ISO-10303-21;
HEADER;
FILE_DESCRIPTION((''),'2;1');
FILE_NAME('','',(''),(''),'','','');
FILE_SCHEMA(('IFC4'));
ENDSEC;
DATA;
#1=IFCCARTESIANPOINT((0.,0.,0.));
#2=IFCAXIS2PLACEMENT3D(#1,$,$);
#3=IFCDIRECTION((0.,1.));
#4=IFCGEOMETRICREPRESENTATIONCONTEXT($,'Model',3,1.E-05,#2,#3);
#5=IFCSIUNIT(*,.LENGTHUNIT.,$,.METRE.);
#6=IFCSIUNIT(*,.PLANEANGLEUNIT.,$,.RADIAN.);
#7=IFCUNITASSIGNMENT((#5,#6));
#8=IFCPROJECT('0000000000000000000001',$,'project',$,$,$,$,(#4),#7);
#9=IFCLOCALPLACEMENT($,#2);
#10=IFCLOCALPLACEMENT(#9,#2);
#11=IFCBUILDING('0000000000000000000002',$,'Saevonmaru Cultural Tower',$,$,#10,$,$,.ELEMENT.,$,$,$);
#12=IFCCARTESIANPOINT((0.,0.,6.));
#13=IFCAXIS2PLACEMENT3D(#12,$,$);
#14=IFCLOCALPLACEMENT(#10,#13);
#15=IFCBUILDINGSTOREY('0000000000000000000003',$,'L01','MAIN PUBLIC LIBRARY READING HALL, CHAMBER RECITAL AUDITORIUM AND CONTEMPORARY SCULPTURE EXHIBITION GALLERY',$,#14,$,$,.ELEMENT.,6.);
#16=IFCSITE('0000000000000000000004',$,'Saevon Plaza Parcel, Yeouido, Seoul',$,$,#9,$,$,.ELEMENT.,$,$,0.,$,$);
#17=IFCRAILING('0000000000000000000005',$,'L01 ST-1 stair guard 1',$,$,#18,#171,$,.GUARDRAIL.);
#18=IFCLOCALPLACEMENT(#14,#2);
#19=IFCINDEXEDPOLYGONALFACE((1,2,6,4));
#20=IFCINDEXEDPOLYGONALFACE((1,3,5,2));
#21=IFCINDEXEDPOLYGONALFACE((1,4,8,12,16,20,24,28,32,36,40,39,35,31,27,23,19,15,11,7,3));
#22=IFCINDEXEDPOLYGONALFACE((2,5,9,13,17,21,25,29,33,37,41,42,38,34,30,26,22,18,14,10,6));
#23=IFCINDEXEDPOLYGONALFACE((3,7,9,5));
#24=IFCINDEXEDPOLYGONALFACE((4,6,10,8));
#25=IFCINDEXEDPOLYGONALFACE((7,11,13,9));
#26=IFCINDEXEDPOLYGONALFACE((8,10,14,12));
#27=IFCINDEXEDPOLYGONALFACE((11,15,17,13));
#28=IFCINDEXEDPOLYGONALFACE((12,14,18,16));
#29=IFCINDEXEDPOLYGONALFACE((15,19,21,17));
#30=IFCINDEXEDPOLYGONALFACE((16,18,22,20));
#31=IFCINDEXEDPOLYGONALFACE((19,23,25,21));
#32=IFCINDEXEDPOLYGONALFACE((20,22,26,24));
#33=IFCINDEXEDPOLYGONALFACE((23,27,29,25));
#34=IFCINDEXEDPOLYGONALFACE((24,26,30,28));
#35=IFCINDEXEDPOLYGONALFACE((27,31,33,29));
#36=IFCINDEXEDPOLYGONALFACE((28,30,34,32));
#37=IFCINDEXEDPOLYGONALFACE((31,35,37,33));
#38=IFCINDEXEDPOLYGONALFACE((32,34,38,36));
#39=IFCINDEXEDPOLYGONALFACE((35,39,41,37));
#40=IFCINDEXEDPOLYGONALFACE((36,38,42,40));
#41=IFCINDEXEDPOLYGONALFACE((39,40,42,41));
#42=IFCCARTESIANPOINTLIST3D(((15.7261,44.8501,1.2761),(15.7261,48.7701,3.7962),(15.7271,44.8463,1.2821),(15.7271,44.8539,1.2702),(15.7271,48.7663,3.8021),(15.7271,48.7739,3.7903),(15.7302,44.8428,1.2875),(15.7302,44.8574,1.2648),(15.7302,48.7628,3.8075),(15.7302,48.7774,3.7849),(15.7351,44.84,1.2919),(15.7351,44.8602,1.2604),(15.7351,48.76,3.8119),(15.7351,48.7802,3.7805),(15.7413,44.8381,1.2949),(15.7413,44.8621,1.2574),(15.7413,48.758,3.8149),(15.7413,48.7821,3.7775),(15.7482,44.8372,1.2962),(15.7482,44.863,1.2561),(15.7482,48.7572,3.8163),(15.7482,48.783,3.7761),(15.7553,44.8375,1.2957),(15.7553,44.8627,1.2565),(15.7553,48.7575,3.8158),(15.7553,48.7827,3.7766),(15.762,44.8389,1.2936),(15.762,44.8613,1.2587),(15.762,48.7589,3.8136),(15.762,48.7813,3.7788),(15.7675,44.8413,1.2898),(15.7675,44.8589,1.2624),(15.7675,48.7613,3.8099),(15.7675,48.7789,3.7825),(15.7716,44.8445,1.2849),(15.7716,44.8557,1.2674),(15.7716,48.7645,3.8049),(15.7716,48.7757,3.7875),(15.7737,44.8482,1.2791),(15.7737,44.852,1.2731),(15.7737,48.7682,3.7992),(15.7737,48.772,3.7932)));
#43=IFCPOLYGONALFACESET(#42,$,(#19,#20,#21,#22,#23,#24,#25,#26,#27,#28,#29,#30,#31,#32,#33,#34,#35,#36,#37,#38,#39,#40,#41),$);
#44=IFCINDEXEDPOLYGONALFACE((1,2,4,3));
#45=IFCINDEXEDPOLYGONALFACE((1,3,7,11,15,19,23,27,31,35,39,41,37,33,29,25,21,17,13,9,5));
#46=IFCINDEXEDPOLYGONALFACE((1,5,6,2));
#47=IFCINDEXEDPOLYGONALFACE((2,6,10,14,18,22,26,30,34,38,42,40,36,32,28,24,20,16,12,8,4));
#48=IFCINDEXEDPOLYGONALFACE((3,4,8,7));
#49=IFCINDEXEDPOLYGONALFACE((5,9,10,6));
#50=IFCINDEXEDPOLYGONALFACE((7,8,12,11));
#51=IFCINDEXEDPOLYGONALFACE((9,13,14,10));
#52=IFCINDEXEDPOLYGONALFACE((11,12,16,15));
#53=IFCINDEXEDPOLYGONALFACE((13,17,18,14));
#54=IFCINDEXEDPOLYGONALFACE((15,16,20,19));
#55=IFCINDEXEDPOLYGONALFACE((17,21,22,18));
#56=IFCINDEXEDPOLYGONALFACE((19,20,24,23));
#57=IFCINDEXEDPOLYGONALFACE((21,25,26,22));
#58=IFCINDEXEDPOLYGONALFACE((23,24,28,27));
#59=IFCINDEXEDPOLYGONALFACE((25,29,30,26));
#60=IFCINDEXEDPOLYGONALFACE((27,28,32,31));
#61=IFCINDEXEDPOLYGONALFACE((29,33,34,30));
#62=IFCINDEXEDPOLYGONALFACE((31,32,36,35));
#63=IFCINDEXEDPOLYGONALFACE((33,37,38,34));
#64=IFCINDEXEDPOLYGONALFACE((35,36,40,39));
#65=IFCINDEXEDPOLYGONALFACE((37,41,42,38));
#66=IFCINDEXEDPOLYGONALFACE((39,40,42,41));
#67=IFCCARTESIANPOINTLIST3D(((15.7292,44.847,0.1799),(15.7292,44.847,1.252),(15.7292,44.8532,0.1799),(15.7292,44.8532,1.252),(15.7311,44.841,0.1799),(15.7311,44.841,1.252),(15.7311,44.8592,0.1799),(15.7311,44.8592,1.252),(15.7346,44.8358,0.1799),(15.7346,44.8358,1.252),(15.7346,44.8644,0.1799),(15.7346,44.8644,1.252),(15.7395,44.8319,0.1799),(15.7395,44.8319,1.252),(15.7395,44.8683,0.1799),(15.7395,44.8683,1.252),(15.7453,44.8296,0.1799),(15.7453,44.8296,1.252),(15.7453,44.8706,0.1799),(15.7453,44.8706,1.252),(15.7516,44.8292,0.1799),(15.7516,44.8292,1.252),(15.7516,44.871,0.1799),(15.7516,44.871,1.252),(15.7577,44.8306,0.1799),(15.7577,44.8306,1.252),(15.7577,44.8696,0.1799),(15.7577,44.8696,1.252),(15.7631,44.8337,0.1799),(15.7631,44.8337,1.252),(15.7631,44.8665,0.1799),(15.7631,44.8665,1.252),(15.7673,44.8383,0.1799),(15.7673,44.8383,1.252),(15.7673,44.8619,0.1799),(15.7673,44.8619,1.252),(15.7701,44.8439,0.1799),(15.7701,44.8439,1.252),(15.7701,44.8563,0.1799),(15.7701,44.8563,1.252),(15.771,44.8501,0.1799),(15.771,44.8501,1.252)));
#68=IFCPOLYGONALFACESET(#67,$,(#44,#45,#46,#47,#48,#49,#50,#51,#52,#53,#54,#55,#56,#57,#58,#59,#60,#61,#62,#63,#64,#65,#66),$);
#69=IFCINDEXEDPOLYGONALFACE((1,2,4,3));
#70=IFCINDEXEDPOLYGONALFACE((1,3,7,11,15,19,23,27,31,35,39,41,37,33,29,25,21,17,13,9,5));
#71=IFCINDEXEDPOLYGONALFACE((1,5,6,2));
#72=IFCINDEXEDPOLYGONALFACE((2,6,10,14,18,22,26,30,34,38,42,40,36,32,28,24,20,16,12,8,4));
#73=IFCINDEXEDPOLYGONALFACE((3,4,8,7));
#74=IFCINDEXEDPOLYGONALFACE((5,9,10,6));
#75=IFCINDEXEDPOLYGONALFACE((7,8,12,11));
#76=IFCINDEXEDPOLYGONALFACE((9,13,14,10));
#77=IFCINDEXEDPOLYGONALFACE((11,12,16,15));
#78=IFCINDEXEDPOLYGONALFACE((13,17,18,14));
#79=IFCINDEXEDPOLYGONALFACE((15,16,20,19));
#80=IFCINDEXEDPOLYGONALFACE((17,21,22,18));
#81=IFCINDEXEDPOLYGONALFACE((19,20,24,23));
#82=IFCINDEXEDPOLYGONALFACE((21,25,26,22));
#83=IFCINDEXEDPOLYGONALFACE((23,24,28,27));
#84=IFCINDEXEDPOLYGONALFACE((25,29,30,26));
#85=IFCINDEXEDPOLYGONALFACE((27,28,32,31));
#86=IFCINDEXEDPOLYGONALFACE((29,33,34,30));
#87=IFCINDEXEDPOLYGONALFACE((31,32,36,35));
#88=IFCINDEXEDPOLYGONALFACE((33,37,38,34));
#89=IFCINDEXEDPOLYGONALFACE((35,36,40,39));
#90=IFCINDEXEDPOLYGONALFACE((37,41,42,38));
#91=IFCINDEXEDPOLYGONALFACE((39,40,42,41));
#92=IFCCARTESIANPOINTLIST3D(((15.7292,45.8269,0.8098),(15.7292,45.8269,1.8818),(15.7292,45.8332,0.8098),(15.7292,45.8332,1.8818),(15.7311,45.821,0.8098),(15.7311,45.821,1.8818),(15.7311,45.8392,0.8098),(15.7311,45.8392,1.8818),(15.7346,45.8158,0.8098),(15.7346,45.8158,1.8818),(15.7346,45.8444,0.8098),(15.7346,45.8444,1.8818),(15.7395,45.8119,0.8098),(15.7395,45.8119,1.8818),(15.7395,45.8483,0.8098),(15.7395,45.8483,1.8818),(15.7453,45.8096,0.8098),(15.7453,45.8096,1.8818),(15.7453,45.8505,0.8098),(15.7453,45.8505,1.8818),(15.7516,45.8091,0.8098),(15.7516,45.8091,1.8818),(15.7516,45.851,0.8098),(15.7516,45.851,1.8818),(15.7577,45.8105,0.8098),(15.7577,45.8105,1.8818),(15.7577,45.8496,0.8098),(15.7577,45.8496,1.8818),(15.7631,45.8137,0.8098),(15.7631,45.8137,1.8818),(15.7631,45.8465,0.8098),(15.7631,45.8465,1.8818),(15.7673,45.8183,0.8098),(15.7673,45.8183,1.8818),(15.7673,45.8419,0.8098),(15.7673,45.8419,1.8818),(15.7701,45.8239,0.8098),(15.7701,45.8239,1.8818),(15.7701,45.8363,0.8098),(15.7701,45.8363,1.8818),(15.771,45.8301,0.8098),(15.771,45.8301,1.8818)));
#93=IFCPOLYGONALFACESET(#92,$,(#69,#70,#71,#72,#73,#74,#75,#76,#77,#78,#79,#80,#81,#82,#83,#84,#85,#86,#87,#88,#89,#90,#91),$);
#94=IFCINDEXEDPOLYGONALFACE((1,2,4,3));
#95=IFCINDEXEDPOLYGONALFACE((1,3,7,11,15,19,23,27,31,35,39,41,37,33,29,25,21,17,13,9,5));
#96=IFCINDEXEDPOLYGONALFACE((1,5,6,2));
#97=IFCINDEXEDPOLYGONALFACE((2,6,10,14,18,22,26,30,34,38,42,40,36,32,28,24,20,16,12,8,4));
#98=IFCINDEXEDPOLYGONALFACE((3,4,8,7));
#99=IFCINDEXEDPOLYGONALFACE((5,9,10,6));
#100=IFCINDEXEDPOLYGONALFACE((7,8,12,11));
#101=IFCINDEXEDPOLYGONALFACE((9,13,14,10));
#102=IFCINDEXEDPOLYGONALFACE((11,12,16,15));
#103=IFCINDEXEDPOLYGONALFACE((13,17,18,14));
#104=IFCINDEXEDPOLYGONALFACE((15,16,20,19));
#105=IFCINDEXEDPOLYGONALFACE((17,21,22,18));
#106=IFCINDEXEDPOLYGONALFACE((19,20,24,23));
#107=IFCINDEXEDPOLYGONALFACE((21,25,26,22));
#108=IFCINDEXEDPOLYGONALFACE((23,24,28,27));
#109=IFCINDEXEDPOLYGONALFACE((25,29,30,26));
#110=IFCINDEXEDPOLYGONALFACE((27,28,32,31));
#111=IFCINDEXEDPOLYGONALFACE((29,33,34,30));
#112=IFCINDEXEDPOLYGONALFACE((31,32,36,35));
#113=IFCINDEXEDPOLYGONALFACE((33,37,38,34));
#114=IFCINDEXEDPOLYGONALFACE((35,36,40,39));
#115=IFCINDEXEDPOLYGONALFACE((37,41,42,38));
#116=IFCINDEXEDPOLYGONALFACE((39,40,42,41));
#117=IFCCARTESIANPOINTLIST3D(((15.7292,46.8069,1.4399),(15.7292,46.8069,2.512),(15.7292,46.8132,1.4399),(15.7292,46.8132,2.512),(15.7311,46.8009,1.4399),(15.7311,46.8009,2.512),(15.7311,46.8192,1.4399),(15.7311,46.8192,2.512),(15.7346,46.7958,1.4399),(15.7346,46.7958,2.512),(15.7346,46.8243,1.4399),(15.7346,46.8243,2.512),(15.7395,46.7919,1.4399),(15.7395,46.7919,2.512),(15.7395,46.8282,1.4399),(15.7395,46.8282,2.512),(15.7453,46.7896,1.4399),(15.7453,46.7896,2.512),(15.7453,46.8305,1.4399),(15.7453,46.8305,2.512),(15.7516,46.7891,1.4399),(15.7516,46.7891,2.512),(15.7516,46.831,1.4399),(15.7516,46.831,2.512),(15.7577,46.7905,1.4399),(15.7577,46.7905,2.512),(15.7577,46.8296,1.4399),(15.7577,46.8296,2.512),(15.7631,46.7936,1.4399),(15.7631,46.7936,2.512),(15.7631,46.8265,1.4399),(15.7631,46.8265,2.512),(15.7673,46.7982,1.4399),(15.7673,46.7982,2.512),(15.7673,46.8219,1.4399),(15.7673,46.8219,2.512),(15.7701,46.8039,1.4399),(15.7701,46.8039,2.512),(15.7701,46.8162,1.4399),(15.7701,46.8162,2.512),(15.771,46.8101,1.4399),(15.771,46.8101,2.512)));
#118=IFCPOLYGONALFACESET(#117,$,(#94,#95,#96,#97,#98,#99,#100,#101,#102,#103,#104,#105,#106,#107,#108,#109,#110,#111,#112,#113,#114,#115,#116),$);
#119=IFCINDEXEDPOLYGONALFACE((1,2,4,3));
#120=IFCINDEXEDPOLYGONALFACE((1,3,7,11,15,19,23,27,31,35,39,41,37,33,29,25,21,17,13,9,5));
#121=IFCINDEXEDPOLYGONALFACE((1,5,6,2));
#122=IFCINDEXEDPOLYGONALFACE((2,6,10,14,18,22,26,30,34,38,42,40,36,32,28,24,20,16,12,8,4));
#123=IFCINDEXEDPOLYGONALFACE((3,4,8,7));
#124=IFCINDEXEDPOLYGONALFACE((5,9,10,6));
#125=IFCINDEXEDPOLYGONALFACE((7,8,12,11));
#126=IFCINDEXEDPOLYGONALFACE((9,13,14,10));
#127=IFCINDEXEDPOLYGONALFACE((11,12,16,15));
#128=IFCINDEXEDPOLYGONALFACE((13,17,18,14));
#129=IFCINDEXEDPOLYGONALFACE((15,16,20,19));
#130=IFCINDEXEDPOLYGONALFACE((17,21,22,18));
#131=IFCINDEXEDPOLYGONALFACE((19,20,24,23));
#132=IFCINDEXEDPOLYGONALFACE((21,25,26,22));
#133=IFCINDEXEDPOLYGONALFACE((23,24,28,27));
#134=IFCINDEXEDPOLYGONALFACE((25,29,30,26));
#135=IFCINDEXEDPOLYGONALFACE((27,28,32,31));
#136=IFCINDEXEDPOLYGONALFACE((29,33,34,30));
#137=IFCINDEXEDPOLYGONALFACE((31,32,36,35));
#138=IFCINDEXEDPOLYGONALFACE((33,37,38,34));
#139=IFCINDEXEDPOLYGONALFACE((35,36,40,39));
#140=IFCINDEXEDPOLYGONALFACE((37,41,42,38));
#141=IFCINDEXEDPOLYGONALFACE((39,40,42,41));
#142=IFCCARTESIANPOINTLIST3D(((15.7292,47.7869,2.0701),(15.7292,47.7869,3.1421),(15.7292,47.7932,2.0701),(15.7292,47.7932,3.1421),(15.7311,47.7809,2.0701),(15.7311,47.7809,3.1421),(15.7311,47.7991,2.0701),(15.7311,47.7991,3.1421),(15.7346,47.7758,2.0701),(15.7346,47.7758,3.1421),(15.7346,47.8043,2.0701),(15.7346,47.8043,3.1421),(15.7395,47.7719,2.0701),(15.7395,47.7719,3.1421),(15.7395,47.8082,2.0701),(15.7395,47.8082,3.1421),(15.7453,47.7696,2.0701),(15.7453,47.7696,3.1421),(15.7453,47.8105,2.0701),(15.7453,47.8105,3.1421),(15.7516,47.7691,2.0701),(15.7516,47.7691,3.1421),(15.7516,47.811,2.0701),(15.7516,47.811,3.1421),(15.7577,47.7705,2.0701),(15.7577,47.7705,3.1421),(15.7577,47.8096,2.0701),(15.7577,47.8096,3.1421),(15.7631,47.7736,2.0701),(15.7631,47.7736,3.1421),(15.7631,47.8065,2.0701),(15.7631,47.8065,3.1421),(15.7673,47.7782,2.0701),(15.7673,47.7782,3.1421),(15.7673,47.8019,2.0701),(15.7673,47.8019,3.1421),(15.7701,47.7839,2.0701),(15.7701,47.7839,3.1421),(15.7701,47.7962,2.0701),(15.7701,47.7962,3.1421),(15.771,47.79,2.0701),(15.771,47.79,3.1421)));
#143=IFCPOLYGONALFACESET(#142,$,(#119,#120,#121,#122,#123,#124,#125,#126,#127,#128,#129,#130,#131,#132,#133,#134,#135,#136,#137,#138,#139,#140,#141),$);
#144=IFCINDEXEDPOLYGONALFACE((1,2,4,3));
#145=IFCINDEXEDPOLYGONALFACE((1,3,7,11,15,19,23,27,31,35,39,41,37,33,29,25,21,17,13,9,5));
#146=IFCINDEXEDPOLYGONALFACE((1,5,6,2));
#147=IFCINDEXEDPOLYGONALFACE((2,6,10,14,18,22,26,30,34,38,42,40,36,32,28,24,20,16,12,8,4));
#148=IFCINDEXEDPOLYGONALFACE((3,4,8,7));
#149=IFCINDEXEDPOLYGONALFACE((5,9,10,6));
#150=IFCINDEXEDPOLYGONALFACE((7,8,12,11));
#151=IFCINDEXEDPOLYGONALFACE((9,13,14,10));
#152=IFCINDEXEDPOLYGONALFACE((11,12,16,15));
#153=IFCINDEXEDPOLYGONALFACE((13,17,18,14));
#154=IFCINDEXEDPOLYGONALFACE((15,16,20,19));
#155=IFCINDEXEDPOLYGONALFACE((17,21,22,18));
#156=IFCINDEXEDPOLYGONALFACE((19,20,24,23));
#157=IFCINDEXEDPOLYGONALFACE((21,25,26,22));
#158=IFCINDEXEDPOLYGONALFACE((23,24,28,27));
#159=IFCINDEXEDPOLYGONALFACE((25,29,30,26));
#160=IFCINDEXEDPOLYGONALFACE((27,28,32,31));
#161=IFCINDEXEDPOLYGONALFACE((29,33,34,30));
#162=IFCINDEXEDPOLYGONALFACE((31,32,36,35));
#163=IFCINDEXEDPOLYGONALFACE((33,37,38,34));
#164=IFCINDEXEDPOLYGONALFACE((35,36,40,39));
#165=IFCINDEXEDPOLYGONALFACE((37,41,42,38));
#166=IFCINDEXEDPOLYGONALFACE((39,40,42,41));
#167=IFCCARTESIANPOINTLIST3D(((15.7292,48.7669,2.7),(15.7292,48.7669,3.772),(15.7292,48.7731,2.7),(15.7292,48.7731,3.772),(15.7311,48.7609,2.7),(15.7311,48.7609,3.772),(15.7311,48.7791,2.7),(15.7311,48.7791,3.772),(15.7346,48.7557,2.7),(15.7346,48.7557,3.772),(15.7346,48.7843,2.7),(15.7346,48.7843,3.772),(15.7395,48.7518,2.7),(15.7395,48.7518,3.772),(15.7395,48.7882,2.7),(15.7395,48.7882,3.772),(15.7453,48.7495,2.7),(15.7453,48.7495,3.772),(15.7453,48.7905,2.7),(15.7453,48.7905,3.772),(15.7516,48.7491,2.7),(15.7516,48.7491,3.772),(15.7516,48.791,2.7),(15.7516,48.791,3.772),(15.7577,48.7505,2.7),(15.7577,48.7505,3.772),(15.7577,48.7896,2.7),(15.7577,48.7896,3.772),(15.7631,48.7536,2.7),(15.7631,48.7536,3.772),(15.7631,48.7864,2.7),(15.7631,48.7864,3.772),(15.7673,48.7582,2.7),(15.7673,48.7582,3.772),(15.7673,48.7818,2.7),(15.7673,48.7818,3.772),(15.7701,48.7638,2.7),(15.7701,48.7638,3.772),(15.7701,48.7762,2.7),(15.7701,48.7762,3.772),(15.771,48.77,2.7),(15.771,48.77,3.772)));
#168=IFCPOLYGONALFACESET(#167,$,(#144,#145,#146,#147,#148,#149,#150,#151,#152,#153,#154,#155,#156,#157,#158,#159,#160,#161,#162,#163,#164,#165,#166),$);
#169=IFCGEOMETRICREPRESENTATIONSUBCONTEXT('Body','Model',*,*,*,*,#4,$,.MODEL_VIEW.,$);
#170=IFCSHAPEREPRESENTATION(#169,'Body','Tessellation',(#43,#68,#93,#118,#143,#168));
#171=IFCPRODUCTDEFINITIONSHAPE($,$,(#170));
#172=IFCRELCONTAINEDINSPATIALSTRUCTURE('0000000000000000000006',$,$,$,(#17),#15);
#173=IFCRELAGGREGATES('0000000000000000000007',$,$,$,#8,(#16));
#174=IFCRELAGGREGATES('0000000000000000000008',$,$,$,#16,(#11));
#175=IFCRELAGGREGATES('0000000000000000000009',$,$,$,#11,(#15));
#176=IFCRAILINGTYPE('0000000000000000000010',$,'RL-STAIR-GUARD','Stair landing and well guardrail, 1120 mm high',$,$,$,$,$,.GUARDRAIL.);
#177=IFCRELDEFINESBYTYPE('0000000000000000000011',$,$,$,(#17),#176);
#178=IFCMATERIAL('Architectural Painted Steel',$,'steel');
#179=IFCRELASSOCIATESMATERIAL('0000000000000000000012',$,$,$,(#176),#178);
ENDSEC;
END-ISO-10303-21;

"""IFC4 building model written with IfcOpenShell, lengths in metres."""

from ifc_helpers import new_model, si_unit, direction, frame, origin, origin_2d, place, context, subcontext, project, spatial, circle, extrude, material, type_object, element, save


model = new_model("IFC4")

# Units and contexts
model_context = context("Model", 3, precision=1e-05, world=origin(), true_north=direction((0.0, 1.0)))
body_context = subcontext(model_context, "Body", "Model", "MODEL_VIEW")
ifc_project = project(units=[si_unit("LENGTHUNIT", "METRE"), si_unit("PLANEANGLEUNIT", "RADIAN")], contexts=[model_context])

# Site, building, storey
site_placement = place(None, origin())
site = spatial("IfcSite", under=ifc_project, at=site_placement, Name="Saevon Plaza Parcel, Yeouido, Seoul", CompositionType="ELEMENT", RefElevation=0.0)
building_placement = place(site_placement, origin())
building = spatial("IfcBuilding", under=site, at=building_placement, Name="Saevonmaru Cultural Tower", CompositionType="ELEMENT")
storey_placement = place(building_placement, frame((0.0, 0.0, 6.0)))
storey = spatial("IfcBuildingStorey", under=building, at=storey_placement, Name="L01", Description="MAIN PUBLIC LIBRARY READING HALL, CHAMBER RECITAL AUDITORIUM AND CONTEMPORARY SCULPTURE EXHIBITION GALLERY", CompositionType="ELEMENT", Elevation=6.0)

# Railing
ifc_material_1 = material(Name="Architectural Painted Steel", Category="steel")
railing_type_1 = type_object("IfcRailingType", Name="RL-STAIR-GUARD", Description="Stair landing and well guardrail, 1120 mm high", PredefinedType="GUARDRAIL", material=ifc_material_1)
railing_1_placement = place(storey_placement, frame((15.75, 44.8501, 0.1799)))
element("IfcRailing", 1, at=railing_1_placement, inside=storey, type_object=railing_type_1, Name="L01 ST-1 stair guard 1", PredefinedType="GUARDRAIL", context=body_context, shape_type="SweptSolid", body=[
    extrude(circle(Radius=0.0239, at=origin_2d()), frame((0.0, 0.0, 1.0962), z_axis=(0.0, 0.841172, 0.540768), x_axis=(-1.0, 0.0, 0.0)), (0.0, 0.0, 1.0), 4.6602),
    extrude(circle(Radius=0.021, at=origin_2d()), origin(), (0.0, 0.0, 1.0), 1.072),
    extrude(circle(Radius=0.021, at=origin_2d()), frame((0.0, 0.98, 0.6299)), (0.0, 0.0, 1.0), 1.072),
    extrude(circle(Radius=0.021, at=origin_2d()), frame((0.0, 1.96, 1.26)), (0.0, 0.0, 1.0), 1.072),
    extrude(circle(Radius=0.021, at=origin_2d()), frame((0.0, 2.9399, 1.8901)), (0.0, 0.0, 1.0), 1.072),
    extrude(circle(Radius=0.021, at=origin_2d()), frame((0.0, 3.9199, 2.52)), (0.0, 0.0, 1.0), 1.072),
])

save(model, "model.ifc")
